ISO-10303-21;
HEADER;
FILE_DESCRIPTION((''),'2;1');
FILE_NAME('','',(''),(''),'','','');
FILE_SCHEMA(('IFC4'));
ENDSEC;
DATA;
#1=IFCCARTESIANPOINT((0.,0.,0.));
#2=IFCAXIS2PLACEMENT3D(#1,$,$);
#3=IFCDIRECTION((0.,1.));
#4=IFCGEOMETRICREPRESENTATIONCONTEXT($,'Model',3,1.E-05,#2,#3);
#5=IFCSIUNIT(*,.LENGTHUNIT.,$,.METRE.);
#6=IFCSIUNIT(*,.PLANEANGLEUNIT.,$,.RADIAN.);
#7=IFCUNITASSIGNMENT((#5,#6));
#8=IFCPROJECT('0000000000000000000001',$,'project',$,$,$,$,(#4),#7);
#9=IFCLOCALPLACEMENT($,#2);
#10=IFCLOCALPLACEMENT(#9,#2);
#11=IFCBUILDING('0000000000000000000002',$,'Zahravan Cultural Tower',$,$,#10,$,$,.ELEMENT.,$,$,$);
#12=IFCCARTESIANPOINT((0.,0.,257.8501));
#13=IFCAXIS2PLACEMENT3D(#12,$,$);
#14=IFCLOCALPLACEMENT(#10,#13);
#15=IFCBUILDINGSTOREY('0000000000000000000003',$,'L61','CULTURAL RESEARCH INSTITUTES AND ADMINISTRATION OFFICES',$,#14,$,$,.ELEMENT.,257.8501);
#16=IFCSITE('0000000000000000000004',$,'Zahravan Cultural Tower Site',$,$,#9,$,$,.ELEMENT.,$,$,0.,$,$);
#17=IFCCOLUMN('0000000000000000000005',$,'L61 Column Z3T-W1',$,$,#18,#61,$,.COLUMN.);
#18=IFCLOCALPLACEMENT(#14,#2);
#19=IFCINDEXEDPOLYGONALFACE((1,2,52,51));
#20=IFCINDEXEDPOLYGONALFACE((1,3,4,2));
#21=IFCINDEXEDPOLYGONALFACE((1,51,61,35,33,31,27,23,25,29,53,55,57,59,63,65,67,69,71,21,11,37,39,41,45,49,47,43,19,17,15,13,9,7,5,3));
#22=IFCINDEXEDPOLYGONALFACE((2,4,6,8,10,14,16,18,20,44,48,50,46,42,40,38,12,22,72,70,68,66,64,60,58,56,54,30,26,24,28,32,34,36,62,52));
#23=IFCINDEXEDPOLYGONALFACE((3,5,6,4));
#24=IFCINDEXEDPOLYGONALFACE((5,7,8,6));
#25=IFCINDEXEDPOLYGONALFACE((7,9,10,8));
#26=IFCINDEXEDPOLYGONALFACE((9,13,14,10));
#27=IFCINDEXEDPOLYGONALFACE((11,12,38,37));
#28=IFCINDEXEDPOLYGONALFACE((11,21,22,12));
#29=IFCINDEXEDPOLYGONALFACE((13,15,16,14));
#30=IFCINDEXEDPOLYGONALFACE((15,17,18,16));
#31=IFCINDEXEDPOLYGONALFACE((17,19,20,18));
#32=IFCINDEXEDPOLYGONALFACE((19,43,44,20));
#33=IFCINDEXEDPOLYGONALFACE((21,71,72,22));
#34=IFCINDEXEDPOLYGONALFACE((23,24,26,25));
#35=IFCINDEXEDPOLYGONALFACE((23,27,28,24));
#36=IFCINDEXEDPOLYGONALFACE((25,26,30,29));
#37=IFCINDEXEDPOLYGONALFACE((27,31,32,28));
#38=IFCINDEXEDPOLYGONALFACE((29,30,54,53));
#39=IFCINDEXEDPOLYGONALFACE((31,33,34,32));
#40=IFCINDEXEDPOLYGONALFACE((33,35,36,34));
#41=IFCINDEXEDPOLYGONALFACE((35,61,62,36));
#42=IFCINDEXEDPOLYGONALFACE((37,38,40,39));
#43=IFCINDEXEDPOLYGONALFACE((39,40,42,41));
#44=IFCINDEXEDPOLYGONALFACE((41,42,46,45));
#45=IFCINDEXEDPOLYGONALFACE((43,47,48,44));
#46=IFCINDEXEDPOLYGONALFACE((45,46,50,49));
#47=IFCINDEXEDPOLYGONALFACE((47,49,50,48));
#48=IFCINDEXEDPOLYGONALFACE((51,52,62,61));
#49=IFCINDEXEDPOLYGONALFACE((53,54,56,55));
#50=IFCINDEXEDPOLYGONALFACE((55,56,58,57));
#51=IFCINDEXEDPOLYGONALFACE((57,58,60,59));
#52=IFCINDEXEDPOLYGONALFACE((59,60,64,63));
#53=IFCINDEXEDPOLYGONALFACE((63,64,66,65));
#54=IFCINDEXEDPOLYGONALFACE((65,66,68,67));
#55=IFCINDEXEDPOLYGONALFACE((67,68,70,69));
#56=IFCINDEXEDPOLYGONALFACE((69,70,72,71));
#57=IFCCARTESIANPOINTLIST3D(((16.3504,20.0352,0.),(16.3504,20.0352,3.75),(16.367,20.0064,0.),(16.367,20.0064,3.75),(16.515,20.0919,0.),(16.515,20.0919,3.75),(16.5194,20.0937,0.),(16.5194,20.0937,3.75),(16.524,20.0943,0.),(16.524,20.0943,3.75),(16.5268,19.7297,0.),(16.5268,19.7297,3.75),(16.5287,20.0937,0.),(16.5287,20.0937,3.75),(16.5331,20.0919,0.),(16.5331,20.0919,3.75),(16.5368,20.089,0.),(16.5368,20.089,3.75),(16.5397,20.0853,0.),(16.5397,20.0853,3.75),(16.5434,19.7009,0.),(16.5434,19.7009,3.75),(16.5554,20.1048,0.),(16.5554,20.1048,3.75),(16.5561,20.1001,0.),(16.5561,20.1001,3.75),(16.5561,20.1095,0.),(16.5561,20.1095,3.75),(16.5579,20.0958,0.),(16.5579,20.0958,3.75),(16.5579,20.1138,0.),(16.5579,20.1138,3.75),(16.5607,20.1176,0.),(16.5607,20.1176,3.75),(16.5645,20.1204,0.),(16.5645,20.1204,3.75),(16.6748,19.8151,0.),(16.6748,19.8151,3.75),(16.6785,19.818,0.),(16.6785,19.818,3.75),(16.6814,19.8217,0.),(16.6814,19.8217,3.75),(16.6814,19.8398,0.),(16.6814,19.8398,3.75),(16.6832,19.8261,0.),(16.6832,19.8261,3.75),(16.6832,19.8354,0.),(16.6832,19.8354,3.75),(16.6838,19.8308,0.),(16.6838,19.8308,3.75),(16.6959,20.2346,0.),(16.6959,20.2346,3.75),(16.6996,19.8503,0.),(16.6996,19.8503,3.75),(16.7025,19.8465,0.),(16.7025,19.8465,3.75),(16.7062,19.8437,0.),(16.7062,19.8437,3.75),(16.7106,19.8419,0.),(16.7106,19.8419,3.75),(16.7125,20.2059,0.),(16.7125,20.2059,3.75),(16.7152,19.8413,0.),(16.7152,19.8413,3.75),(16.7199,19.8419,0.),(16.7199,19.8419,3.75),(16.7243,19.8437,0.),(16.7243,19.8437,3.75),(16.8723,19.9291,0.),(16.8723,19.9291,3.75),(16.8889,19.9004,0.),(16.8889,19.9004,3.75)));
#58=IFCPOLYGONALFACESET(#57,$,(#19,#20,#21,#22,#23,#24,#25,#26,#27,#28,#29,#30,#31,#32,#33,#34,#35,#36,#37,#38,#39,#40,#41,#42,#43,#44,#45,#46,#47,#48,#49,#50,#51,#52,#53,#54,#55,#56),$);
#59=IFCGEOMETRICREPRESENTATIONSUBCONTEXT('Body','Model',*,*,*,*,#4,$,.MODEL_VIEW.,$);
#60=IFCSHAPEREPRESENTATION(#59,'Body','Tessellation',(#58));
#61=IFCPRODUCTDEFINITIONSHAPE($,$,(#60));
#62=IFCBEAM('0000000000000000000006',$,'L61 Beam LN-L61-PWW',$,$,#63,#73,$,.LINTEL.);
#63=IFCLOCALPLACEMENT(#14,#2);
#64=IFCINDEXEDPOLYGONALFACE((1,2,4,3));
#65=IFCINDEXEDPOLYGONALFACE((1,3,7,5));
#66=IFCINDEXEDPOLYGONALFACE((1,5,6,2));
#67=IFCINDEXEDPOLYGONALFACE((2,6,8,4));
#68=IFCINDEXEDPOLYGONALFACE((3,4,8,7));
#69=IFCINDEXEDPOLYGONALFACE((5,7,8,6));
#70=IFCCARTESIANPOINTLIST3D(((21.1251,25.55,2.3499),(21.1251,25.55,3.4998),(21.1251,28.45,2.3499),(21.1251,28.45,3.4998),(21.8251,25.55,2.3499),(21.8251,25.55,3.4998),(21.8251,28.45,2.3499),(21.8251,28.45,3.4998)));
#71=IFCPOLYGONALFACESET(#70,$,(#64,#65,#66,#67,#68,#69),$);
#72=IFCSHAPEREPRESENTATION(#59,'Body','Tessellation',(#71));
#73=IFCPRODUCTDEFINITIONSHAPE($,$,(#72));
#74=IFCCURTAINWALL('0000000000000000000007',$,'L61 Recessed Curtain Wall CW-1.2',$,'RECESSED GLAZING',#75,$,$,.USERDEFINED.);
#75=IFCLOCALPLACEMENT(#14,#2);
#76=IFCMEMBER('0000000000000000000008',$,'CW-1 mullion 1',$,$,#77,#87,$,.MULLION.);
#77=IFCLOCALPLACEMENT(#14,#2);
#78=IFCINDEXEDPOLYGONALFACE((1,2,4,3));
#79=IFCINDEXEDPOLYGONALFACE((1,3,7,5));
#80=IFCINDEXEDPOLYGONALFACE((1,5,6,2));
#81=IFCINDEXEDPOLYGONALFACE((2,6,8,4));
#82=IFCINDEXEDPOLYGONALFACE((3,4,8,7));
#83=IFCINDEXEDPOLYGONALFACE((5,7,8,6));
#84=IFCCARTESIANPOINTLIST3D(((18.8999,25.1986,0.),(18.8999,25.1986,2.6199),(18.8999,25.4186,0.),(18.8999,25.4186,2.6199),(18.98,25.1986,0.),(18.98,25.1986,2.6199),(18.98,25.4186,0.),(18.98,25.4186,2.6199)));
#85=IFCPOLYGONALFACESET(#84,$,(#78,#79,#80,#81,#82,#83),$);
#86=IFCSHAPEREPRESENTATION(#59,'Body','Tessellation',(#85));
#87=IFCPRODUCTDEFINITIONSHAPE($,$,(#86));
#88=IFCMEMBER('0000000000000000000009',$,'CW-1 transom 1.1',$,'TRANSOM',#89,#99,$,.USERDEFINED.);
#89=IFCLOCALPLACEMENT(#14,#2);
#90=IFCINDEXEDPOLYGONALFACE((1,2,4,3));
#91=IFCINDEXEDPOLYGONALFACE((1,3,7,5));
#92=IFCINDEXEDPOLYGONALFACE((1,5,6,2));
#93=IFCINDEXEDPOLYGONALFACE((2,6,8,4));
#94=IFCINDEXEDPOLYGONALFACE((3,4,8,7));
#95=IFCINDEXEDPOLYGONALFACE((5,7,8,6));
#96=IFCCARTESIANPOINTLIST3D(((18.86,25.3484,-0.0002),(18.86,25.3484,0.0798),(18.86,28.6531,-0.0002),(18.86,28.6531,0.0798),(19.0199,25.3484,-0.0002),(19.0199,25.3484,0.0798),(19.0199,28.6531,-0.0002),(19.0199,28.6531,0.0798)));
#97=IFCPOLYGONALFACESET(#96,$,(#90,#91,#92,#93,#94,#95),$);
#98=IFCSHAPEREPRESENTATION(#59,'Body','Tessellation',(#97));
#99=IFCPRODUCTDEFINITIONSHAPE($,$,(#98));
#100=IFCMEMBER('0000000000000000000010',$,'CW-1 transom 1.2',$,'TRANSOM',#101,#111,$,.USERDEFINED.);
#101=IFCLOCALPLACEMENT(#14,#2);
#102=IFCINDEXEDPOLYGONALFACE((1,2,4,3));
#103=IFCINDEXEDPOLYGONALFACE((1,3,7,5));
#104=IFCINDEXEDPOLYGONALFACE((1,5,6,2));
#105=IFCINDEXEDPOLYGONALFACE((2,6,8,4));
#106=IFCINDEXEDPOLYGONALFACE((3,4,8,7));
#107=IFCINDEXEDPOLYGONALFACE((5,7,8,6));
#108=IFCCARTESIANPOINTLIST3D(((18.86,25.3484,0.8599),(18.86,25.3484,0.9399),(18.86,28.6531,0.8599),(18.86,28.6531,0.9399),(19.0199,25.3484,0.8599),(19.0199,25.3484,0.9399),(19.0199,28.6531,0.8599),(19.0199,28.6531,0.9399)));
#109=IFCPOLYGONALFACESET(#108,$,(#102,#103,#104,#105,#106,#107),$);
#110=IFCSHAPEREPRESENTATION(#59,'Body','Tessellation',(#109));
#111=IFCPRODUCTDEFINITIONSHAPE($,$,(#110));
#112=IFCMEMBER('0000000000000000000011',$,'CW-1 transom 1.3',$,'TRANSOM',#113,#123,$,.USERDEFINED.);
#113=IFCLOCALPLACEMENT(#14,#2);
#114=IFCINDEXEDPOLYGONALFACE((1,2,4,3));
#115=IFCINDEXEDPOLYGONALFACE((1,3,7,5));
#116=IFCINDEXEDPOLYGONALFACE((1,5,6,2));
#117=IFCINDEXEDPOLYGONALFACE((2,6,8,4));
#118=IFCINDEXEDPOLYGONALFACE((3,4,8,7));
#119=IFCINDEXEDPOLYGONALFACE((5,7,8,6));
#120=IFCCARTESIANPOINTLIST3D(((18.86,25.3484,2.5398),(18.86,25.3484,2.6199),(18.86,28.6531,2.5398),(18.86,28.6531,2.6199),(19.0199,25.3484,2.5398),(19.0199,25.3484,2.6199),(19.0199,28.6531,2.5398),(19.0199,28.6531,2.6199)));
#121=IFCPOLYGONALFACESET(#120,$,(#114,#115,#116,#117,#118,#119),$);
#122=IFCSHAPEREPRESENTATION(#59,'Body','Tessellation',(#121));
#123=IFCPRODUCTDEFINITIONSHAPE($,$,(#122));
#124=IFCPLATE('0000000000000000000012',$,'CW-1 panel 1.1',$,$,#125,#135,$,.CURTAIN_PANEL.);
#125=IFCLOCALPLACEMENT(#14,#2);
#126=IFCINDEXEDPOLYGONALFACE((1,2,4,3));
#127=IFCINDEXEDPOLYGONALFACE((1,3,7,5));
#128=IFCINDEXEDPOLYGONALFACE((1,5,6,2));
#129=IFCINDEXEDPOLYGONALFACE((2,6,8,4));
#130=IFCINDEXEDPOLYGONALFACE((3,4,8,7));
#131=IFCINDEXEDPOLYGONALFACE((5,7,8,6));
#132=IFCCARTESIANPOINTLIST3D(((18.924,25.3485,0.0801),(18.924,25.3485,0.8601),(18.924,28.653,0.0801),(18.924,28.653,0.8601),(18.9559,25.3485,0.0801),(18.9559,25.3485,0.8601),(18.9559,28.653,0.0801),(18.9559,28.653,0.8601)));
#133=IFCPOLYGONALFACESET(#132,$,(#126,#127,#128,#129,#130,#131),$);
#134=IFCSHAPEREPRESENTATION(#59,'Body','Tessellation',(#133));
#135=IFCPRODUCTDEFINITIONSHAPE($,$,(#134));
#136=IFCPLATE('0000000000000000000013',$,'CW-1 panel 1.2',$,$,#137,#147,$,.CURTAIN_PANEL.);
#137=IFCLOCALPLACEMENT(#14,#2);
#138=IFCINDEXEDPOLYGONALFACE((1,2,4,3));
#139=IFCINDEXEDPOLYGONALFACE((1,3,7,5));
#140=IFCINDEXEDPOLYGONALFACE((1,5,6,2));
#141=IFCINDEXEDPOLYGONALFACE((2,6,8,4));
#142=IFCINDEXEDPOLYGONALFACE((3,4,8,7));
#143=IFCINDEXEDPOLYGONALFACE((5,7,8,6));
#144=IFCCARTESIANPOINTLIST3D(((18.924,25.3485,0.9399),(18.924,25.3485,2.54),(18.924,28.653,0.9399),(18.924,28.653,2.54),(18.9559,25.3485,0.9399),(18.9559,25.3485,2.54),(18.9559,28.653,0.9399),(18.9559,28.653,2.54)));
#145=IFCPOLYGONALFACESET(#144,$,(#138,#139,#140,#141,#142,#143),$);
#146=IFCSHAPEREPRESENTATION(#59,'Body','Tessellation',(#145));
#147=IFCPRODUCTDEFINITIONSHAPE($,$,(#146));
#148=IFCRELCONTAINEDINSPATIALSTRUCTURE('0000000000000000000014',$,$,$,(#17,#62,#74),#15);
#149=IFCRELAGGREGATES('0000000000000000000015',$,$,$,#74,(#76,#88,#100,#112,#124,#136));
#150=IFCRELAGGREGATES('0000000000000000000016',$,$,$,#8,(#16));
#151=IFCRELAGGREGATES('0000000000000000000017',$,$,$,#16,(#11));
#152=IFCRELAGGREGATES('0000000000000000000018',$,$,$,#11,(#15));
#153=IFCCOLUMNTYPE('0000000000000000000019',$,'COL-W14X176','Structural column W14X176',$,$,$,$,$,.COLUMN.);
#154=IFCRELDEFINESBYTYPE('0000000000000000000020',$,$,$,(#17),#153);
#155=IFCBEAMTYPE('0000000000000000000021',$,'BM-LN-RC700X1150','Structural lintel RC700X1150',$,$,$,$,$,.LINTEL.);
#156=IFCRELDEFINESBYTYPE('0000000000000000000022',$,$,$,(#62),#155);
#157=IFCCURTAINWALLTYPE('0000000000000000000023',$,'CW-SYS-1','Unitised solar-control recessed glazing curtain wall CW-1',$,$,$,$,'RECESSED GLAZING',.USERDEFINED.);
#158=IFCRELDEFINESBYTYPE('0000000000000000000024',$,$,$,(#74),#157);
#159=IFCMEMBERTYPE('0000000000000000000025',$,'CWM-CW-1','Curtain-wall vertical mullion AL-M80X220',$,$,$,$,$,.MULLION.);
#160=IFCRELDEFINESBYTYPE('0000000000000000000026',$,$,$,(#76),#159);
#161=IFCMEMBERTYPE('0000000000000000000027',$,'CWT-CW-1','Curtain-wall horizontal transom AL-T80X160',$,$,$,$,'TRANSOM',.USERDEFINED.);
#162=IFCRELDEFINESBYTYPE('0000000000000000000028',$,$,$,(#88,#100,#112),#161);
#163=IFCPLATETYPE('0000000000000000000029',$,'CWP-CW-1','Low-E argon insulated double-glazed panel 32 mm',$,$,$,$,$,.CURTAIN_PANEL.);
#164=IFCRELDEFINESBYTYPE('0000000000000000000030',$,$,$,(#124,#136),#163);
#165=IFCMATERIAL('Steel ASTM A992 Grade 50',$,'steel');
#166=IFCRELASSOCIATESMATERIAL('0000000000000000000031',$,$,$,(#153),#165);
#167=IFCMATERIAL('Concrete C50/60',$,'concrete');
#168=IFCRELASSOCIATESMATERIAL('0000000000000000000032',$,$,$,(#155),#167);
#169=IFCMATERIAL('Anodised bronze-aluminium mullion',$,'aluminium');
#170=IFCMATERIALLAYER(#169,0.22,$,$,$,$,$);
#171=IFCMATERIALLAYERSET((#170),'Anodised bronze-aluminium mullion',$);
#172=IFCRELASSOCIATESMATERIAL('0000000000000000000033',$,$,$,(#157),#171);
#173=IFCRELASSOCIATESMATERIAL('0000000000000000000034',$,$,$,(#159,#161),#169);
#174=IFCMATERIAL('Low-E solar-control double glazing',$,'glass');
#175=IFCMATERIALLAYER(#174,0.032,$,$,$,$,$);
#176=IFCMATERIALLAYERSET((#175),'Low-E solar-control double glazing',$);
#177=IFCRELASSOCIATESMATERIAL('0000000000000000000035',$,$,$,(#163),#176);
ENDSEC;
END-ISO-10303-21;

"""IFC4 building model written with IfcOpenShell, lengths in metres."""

from ifc_helpers import new_model, si_unit, direction, frame, origin, origin_2d, place, context, subcontext, project, spatial, rectangle, i_section, extrude, source, transform, mapped, material, layer, layer_set, material_profile, profile_set, type_object, element, aggregate, save


model = new_model("IFC4")

# Units and contexts
model_context = context("Model", 3, precision=1e-05, world=origin(), true_north=direction((0.0, 1.0)))
body_context = subcontext(model_context, "Body", "Model", "MODEL_VIEW")
ifc_project = project(units=[si_unit("LENGTHUNIT", "METRE"), si_unit("PLANEANGLEUNIT", "RADIAN")], contexts=[model_context])

# Site, building, storey
site_placement = place(None, origin())
site = spatial("IfcSite", under=ifc_project, at=site_placement, Name="Zahravan Cultural Tower Site", CompositionType="ELEMENT", RefElevation=0.0)
building_placement = place(site_placement, origin())
building = spatial("IfcBuilding", under=site, at=building_placement, Name="Zahravan Cultural Tower", CompositionType="ELEMENT")
storey_placement = place(building_placement, frame((0.0, 0.0, 257.8501)))
storey = spatial("IfcBuildingStorey", under=building, at=storey_placement, Name="L61", Description="CULTURAL RESEARCH INSTITUTES AND ADMINISTRATION OFFICES", CompositionType="ELEMENT", Elevation=257.8501)

# Column
ifc_material_1 = material(Name="Steel ASTM A992 Grade 50", Category="steel")
ifc_material_profile_1 = material_profile(ifc_material_1, i_section(OverallWidth=0.3989, OverallDepth=0.386, WebThickness=0.021, FlangeThickness=0.0332, FilletRadius=0.0181, at=origin_2d()), Name="W14X176")
ifc_profile_set_1 = profile_set([ifc_material_profile_1], Name="Steel ASTM A992 Grade 50")
column_type = type_object("IfcColumnType", Name="COL-W14X176", Description="Structural column W14X176", PredefinedType="COLUMN", material=ifc_profile_set_1)
shared_shape_1 = source(origin(), body_context, "Body", "SweptSolid", [
    extrude(i_section(OverallWidth=0.3989, OverallDepth=0.386, WebThickness=0.021, FlangeThickness=0.0332, FilletRadius=0.0181, at=origin_2d()), origin(), (0.0, 0.0, 1.0), 3.75),
])
column_placement = place(storey_placement, frame((16.6196, 19.9678, 0.0), z_axis=(0.0, 0.0, 1.0), x_axis=(0.866025, 0.5, 0.0)))
element("IfcColumn", 1, at=column_placement, inside=storey, type_object=column_type, Name="L61 Column Z3T-W1", PredefinedType="COLUMN", context=body_context, shape_type="MappedRepresentation", body=[
    mapped(shared_shape_1, transform((0.0, 0.0, 0.0), x_axis=(1.0, 0.0, 0.0), y_axis=(0.0, 1.0, 0.0), z_axis=(0.0, 0.0, 1.0), scale=1.0)),
])

# Beam
ifc_material_2 = material(Name="Concrete C50/60", Category="concrete")
ifc_material_profile_2 = material_profile(ifc_material_2, rectangle(XDim=0.7, YDim=1.1499, at=origin_2d()), Name="RC700X1150")
ifc_profile_set_2 = profile_set([ifc_material_profile_2], Name="Concrete C50/60")
beam_type = type_object("IfcBeamType", Name="BM-LN-RC700X1150", Description="Structural lintel RC700X1150", PredefinedType="LINTEL", material=ifc_profile_set_2)
shared_shape_2 = source(origin(), body_context, "Body", "SweptSolid", [
    extrude(rectangle(XDim=0.7, YDim=1.1499, at=origin_2d()), origin(), (0.0, 0.0, 1.0), 2.8999),
])
beam_placement = place(storey_placement, frame((21.4751, 25.55, 2.9248), z_axis=(0.0, 1.0, 0.0), x_axis=(-1.0, 0.0, 0.0)))
element("IfcBeam", 2, at=beam_placement, inside=storey, type_object=beam_type, Name="L61 Beam LN-L61-PWW", PredefinedType="LINTEL", context=body_context, shape_type="MappedRepresentation", body=[
    mapped(shared_shape_2, transform((0.0, 0.0, 0.0), x_axis=(1.0, 0.0, 0.0), y_axis=(0.0, 1.0, 0.0), z_axis=(0.0, 0.0, 1.0), scale=1.0)),
])

# Curtain wall, members, plates
ifc_material_3 = material(Name="Anodised bronze-aluminium mullion", Category="aluminium")
ifc_layer_1 = layer(ifc_material_3, 0.22)
ifc_layer_set_1 = layer_set([ifc_layer_1], Name="Anodised bronze-aluminium mullion")
curtain_wall_type = type_object("IfcCurtainWallType", Name="CW-SYS-1", Description="Unitised solar-control recessed glazing curtain wall CW-1", ElementType="RECESSED GLAZING", PredefinedType="USERDEFINED", material=ifc_layer_set_1)
curtain_wall_placement = place(storey_placement, origin())
curtain_wall = element("IfcCurtainWall", 3, at=curtain_wall_placement, inside=storey, type_object=curtain_wall_type, Name="L61 Recessed Curtain Wall CW-1.2", ObjectType="RECESSED GLAZING", PredefinedType="USERDEFINED")
ifc_material_profile_3 = material_profile(ifc_material_3, rectangle(XDim=0.0801, YDim=0.22, at=origin_2d()), Name="AL-M80X220")
ifc_profile_set_3 = profile_set([ifc_material_profile_3], Name="Anodised bronze-aluminium mullion")
member_type_1 = type_object("IfcMemberType", Name="CWM-CW-1", Description="Curtain-wall vertical mullion AL-M80X220", PredefinedType="MULLION", material=ifc_profile_set_3)
shared_shape_3 = source(origin(), body_context, "Body", "SweptSolid", [
    extrude(rectangle(XDim=0.0801, YDim=0.22, at=origin_2d()), origin(), (0.0, 0.0, 1.0), 2.6199),
])
member_1_placement = place(storey_placement, frame((18.9399, 25.3086, 0.0), z_axis=(0.0, 0.0, 1.0), x_axis=(-1.0, 0.0, 0.0)))
member_1 = element("IfcMember", 4, at=member_1_placement, type_object=member_type_1, Name="CW-1 mullion 1", PredefinedType="MULLION", context=body_context, shape_type="MappedRepresentation", body=[
    mapped(shared_shape_3, transform((0.0, 0.0, 0.0), x_axis=(1.0, 0.0, 0.0), y_axis=(0.0, 1.0, 0.0), z_axis=(0.0, 0.0, 1.0), scale=1.0)),
])
ifc_material_profile_4 = material_profile(ifc_material_3, rectangle(XDim=0.1599, YDim=0.0801, at=origin_2d()), Name="AL-T80X160")
ifc_profile_set_4 = profile_set([ifc_material_profile_4], Name="Anodised bronze-aluminium mullion")
member_type_2 = type_object("IfcMemberType", Name="CWT-CW-1", Description="Curtain-wall horizontal transom AL-T80X160", ElementType="TRANSOM", PredefinedType="USERDEFINED", material=ifc_profile_set_4)
shared_shape_4 = source(origin(), body_context, "Body", "SweptSolid", [
    extrude(rectangle(XDim=0.1599, YDim=0.0801, at=origin_2d()), origin(), (0.0, 0.0, 1.0), 3.3047),
])
member_2_placement = place(storey_placement, frame((18.9399, 25.3484, 0.0398), z_axis=(0.0, 1.0, 0.0), x_axis=(-1.0, 0.0, 0.0)))
member_2 = element("IfcMember", 5, at=member_2_placement, type_object=member_type_2, Name="CW-1 transom 1.1", ObjectType="TRANSOM", PredefinedType="USERDEFINED", context=body_context, shape_type="MappedRepresentation", body=[
    mapped(shared_shape_4, transform((0.0, 0.0, 0.0), x_axis=(1.0, 0.0, 0.0), y_axis=(0.0, 1.0, 0.0), z_axis=(0.0, 0.0, 1.0), scale=1.0)),
])
member_3_placement = place(storey_placement, frame((18.9399, 25.3484, 0.8999), z_axis=(0.0, 1.0, 0.0), x_axis=(-1.0, 0.0, 0.0)))
member_3 = element("IfcMember", 6, at=member_3_placement, type_object=member_type_2, Name="CW-1 transom 1.2", ObjectType="TRANSOM", PredefinedType="USERDEFINED", context=body_context, shape_type="MappedRepresentation", body=[
    mapped(shared_shape_4, transform((0.0, 0.0, 0.0), x_axis=(1.0, 0.0, 0.0), y_axis=(0.0, 1.0, 0.0), z_axis=(0.0, 0.0, 1.0), scale=1.0)),
])
member_4_placement = place(storey_placement, frame((18.9399, 25.3484, 2.5798), z_axis=(0.0, 1.0, 0.0), x_axis=(-1.0, 0.0, 0.0)))
member_4 = element("IfcMember", 7, at=member_4_placement, type_object=member_type_2, Name="CW-1 transom 1.3", ObjectType="TRANSOM", PredefinedType="USERDEFINED", context=body_context, shape_type="MappedRepresentation", body=[
    mapped(shared_shape_4, transform((0.0, 0.0, 0.0), x_axis=(1.0, 0.0, 0.0), y_axis=(0.0, 1.0, 0.0), z_axis=(0.0, 0.0, 1.0), scale=1.0)),
])
ifc_material_4 = material(Name="Low-E solar-control double glazing", Category="glass")
ifc_layer_2 = layer(ifc_material_4, 0.032)
ifc_layer_set_2 = layer_set([ifc_layer_2], Name="Low-E solar-control double glazing")
plate_type = type_object("IfcPlateType", Name="CWP-CW-1", Description="Low-E argon insulated double-glazed panel 32 mm", PredefinedType="CURTAIN_PANEL", material=ifc_layer_set_2)
shared_shape_5 = source(origin(), body_context, "Body", "SweptSolid", [
    extrude(rectangle(XDim=3.3044, YDim=0.032, at=origin_2d()), origin(), (0.0, 0.0, 1.0), 0.78),
])
plate_1_placement = place(storey_placement, frame((18.9399, 27.0007, 0.0801), z_axis=(0.0, 0.0, 1.0), x_axis=(0.0, 1.0, 0.0)))
plate_1 = element("IfcPlate", 8, at=plate_1_placement, type_object=plate_type, Name="CW-1 panel 1.1", PredefinedType="CURTAIN_PANEL", context=body_context, shape_type="MappedRepresentation", body=[
    mapped(shared_shape_5, transform((0.0, 0.0, 0.0), x_axis=(1.0, 0.0, 0.0), y_axis=(0.0, 1.0, 0.0), z_axis=(0.0, 0.0, 1.0), scale=1.0)),
])
shared_shape_6 = source(origin(), body_context, "Body", "SweptSolid", [
    extrude(rectangle(XDim=3.3044, YDim=0.032, at=origin_2d()), origin(), (0.0, 0.0, 1.0), 1.6001),
])
plate_2_placement = place(storey_placement, frame((18.9399, 27.0007, 0.9399), z_axis=(0.0, 0.0, 1.0), x_axis=(0.0, 1.0, 0.0)))
plate_2 = element("IfcPlate", 9, at=plate_2_placement, type_object=plate_type, Name="CW-1 panel 1.2", PredefinedType="CURTAIN_PANEL", context=body_context, shape_type="MappedRepresentation", body=[
    mapped(shared_shape_6, transform((0.0, 0.0, 0.0), x_axis=(1.0, 0.0, 0.0), y_axis=(0.0, 1.0, 0.0), z_axis=(0.0, 0.0, 1.0), scale=1.0)),
])
aggregate(curtain_wall, [member_1, member_2, member_3, member_4, plate_1, plate_2])

save(model, "model.ifc")
